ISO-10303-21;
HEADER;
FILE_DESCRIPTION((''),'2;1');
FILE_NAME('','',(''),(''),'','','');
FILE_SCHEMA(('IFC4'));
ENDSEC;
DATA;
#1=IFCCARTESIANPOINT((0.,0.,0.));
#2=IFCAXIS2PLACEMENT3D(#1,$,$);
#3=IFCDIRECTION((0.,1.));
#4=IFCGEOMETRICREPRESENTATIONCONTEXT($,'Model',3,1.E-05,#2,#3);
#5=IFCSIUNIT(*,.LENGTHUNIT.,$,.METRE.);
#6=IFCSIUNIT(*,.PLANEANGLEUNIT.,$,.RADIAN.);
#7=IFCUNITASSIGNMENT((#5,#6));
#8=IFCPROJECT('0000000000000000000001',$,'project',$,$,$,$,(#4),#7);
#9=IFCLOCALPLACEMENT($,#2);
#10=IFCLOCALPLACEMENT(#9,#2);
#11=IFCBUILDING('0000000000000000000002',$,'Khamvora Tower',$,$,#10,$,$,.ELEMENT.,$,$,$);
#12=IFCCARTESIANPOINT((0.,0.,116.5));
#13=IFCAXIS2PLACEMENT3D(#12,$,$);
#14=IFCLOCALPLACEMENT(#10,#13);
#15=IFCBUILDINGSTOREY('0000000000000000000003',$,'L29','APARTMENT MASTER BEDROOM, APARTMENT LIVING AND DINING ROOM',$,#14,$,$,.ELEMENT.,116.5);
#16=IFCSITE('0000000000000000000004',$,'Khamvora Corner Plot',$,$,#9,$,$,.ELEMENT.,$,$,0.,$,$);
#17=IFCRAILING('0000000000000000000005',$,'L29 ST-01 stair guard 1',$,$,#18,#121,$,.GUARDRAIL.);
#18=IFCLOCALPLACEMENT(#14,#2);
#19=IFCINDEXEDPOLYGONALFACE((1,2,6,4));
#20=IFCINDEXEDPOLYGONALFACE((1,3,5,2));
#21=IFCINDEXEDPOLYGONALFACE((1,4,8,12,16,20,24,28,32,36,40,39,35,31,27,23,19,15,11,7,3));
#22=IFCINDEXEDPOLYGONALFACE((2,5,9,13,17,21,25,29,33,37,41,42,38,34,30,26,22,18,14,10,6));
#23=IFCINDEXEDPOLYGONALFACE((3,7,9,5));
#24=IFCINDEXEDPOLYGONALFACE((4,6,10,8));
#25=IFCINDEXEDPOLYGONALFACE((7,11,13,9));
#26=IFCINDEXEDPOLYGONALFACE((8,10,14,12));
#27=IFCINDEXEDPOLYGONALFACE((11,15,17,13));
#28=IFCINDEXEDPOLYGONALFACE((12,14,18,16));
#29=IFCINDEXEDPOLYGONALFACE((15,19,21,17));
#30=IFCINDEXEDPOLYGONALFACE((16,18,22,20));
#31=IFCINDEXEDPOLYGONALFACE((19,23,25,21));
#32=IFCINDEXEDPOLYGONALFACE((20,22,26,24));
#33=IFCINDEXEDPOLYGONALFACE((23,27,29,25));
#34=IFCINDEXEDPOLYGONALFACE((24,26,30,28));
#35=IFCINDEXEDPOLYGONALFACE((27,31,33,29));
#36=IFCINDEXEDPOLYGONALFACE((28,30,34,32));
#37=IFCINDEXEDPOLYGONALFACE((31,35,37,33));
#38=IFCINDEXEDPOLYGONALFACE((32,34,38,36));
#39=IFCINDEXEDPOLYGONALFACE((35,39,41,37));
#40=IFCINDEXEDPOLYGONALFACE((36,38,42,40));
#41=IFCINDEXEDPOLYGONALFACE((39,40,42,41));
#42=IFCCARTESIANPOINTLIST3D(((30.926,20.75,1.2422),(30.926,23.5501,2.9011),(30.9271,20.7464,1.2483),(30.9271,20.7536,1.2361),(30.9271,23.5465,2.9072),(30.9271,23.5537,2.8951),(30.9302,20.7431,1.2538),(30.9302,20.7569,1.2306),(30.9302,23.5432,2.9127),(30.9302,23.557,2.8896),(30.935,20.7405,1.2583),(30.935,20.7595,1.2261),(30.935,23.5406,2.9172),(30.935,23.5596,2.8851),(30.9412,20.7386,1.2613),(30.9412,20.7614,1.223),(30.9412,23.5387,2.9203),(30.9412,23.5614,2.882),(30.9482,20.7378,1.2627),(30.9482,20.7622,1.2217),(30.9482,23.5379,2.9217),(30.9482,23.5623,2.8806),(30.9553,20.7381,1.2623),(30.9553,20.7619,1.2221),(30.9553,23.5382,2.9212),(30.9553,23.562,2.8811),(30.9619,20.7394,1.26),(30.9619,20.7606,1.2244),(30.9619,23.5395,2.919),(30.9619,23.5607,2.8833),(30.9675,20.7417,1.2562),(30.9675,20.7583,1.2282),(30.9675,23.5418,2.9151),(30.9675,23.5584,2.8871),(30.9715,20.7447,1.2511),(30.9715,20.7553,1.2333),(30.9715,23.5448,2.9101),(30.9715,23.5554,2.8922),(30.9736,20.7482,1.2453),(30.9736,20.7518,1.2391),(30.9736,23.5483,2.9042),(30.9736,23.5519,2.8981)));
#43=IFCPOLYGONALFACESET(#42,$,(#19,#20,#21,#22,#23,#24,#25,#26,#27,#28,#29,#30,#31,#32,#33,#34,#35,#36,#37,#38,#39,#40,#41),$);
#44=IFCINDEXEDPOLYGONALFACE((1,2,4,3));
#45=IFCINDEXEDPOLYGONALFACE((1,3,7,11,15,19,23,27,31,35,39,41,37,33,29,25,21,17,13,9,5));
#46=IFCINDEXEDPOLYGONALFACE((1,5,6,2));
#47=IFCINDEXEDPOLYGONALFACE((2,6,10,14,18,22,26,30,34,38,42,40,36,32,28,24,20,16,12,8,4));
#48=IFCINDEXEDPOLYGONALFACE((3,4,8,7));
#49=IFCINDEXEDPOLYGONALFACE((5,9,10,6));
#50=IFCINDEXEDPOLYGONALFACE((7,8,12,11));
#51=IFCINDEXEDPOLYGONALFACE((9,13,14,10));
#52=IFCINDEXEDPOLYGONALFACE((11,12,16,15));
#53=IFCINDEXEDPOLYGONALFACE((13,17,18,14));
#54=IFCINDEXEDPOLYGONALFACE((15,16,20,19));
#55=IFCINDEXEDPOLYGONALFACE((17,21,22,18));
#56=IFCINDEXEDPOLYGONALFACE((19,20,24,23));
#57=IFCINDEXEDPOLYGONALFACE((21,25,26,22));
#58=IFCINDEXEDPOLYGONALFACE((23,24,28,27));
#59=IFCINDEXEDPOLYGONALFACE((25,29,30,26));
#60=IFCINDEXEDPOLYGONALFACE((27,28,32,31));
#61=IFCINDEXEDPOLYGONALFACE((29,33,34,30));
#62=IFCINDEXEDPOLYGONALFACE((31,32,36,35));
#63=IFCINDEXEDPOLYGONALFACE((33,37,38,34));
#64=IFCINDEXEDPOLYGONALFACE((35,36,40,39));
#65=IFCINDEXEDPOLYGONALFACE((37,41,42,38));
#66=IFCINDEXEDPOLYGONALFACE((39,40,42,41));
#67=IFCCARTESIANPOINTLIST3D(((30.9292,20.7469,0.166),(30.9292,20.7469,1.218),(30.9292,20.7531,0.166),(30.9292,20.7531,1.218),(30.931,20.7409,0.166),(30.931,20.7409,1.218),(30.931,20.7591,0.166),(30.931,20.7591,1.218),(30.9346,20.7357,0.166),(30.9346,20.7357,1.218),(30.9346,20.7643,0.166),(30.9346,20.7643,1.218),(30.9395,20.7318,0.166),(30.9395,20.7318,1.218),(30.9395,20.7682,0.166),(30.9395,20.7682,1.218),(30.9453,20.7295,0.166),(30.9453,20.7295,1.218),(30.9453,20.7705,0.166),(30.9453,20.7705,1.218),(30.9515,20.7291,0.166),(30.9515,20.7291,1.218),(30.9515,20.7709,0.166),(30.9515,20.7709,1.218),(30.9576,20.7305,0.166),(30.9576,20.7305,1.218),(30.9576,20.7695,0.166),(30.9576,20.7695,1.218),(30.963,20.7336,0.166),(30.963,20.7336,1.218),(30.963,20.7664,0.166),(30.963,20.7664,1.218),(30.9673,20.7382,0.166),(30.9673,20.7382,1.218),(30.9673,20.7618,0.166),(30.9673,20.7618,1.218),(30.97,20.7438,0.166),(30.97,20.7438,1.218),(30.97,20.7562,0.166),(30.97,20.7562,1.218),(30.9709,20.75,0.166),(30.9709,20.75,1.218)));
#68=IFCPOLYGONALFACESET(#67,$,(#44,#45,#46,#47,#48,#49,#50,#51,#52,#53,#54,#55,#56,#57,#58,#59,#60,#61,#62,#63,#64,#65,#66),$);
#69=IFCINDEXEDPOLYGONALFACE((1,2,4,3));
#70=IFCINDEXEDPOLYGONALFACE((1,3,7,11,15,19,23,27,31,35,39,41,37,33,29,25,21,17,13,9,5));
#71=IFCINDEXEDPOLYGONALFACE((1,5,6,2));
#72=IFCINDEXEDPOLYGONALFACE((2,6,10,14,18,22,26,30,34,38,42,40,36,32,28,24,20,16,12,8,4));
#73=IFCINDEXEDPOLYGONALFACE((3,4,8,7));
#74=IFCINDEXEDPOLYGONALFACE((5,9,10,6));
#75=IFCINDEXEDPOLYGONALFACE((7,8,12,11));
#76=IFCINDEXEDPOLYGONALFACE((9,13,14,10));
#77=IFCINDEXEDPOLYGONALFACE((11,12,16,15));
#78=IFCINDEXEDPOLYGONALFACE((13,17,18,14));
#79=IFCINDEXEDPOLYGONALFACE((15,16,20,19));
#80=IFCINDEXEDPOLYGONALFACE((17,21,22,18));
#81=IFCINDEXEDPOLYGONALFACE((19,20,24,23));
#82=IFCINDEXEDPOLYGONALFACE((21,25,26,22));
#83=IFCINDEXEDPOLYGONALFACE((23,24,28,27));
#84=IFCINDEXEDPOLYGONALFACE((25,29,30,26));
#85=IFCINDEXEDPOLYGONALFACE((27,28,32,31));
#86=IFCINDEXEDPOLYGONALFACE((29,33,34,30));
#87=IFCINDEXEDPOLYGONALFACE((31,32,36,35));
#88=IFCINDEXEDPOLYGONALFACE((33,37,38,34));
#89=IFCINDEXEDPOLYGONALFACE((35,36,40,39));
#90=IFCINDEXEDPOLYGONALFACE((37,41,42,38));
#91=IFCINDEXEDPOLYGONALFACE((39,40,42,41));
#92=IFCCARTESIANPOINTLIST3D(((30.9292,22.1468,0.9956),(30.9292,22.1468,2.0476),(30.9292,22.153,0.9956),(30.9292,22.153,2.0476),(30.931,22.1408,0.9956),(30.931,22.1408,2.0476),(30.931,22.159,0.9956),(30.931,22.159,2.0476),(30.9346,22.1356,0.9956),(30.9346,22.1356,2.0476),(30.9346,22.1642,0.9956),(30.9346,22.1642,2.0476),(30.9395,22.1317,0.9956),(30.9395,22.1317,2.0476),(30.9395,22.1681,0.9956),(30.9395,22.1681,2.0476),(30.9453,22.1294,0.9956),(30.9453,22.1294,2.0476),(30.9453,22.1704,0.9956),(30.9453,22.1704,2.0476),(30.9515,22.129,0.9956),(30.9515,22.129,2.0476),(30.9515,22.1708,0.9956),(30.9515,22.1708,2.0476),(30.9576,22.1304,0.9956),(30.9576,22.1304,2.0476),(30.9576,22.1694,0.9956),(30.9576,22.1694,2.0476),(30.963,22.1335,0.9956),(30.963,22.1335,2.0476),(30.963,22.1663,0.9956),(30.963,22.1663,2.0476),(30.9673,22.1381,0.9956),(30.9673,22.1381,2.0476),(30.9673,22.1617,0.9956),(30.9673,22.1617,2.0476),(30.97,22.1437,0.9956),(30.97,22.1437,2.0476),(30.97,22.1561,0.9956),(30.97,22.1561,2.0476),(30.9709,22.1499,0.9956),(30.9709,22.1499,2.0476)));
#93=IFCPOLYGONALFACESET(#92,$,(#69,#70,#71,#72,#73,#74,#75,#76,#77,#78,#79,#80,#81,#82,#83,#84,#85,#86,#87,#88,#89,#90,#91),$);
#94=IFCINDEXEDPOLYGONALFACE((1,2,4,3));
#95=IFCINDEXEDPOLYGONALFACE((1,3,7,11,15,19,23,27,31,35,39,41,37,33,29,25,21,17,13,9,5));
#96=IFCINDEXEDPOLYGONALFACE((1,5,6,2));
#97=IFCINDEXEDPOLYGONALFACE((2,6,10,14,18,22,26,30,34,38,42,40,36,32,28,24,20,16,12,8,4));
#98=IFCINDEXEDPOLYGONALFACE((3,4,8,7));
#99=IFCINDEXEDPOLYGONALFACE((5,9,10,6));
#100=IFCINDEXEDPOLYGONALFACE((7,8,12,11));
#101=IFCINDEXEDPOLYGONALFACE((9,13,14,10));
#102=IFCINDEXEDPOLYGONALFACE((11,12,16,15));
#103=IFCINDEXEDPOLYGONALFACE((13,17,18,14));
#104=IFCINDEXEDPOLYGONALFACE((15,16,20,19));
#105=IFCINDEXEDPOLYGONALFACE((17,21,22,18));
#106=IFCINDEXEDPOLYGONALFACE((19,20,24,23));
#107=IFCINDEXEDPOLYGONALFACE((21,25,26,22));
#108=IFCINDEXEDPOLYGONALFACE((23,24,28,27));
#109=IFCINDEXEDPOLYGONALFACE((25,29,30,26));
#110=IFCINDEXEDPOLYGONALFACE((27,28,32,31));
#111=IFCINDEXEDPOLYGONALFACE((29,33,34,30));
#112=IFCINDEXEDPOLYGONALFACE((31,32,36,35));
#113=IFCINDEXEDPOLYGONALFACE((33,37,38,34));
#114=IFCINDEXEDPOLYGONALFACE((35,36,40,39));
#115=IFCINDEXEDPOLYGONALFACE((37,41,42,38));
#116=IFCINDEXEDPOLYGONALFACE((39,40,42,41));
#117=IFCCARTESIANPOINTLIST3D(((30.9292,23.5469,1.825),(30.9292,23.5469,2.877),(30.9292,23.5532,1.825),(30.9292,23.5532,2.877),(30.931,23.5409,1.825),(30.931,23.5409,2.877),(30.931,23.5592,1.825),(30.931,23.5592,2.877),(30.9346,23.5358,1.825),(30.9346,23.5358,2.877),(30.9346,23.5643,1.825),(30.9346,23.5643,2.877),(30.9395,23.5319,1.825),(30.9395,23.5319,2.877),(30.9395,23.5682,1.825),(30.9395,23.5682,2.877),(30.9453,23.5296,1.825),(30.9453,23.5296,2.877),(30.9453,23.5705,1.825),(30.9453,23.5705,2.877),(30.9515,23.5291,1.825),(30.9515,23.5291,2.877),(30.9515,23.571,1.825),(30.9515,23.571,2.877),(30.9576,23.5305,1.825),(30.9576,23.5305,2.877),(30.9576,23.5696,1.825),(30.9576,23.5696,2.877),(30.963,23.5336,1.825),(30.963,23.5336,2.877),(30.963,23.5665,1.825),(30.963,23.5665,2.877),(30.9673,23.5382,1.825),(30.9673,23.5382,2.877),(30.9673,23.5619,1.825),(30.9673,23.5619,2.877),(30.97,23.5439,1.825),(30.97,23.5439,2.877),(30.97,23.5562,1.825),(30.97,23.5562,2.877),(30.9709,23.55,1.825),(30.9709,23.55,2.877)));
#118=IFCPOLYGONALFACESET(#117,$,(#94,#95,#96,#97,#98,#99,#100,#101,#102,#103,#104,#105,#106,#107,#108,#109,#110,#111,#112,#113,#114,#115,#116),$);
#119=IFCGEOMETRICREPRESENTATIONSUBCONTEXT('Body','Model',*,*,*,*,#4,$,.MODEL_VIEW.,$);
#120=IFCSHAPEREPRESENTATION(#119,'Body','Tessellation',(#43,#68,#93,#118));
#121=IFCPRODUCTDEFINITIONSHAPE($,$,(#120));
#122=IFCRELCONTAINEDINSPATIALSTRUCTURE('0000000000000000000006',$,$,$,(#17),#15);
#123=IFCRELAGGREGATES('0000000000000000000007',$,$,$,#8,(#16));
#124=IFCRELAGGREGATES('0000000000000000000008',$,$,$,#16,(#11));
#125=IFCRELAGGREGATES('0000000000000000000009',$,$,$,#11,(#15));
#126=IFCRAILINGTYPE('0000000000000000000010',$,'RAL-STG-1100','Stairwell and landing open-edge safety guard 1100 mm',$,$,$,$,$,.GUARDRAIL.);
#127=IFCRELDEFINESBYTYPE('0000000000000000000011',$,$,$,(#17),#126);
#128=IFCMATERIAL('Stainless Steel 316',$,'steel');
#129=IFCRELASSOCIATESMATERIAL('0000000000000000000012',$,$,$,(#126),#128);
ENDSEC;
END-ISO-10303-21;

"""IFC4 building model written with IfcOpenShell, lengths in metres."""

from ifc_helpers import new_model, si_unit, direction, frame, origin, origin_2d, place, context, subcontext, project, spatial, circle, extrude, material, type_object, element, save


model = new_model("IFC4")

# Units and contexts
model_context = context("Model", 3, precision=1e-05, world=origin(), true_north=direction((0.0, 1.0)))
body_context = subcontext(model_context, "Body", "Model", "MODEL_VIEW")
ifc_project = project(units=[si_unit("LENGTHUNIT", "METRE"), si_unit("PLANEANGLEUNIT", "RADIAN")], contexts=[model_context])

# Site, building, storey
site_placement = place(None, origin())
site = spatial("IfcSite", under=ifc_project, at=site_placement, Name="Khamvora Corner Plot", CompositionType="ELEMENT", RefElevation=0.0)
building_placement = place(site_placement, origin())
building = spatial("IfcBuilding", under=site, at=building_placement, Name="Khamvora Tower", CompositionType="ELEMENT")
storey_placement = place(building_placement, frame((0.0, 0.0, 116.5)))
storey = spatial("IfcBuildingStorey", under=building, at=storey_placement, Name="L29", Description="APARTMENT MASTER BEDROOM, APARTMENT LIVING AND DINING ROOM", CompositionType="ELEMENT", Elevation=116.5)

# Railing
ifc_material_1 = material(Name="Stainless Steel 316", Category="steel")
railing_type_1 = type_object("IfcRailingType", Name="RAL-STG-1100", Description="Stairwell and landing open-edge safety guard 1100 mm", PredefinedType="GUARDRAIL", material=ifc_material_1)
railing_1_placement = place(storey_placement, frame((30.95, 20.75, 0.166)))
element("IfcRailing", 1, at=railing_1_placement, inside=storey, type_object=railing_type_1, Name="L29 ST-01 stair guard 1", PredefinedType="GUARDRAIL", context=body_context, shape_type="SweptSolid", body=[
    extrude(circle(Radius=0.0239, at=origin_2d()), frame((0.0, 0.0, 1.0762), z_axis=(0.0, 0.860339, 0.509722), x_axis=(-1.0, 0.0, 0.0)), (0.0, 0.0, 1.0), 3.2546),
    extrude(circle(Radius=0.021, at=origin_2d()), origin(), (0.0, 0.0, 1.0), 1.052),
    extrude(circle(Radius=0.021, at=origin_2d()), frame((0.0, 1.3999, 0.8296)), (0.0, 0.0, 1.0), 1.052),
    extrude(circle(Radius=0.021, at=origin_2d()), frame((0.0, 2.8, 1.6589)), (0.0, 0.0, 1.0), 1.052),
])

save(model, "model.ifc")
